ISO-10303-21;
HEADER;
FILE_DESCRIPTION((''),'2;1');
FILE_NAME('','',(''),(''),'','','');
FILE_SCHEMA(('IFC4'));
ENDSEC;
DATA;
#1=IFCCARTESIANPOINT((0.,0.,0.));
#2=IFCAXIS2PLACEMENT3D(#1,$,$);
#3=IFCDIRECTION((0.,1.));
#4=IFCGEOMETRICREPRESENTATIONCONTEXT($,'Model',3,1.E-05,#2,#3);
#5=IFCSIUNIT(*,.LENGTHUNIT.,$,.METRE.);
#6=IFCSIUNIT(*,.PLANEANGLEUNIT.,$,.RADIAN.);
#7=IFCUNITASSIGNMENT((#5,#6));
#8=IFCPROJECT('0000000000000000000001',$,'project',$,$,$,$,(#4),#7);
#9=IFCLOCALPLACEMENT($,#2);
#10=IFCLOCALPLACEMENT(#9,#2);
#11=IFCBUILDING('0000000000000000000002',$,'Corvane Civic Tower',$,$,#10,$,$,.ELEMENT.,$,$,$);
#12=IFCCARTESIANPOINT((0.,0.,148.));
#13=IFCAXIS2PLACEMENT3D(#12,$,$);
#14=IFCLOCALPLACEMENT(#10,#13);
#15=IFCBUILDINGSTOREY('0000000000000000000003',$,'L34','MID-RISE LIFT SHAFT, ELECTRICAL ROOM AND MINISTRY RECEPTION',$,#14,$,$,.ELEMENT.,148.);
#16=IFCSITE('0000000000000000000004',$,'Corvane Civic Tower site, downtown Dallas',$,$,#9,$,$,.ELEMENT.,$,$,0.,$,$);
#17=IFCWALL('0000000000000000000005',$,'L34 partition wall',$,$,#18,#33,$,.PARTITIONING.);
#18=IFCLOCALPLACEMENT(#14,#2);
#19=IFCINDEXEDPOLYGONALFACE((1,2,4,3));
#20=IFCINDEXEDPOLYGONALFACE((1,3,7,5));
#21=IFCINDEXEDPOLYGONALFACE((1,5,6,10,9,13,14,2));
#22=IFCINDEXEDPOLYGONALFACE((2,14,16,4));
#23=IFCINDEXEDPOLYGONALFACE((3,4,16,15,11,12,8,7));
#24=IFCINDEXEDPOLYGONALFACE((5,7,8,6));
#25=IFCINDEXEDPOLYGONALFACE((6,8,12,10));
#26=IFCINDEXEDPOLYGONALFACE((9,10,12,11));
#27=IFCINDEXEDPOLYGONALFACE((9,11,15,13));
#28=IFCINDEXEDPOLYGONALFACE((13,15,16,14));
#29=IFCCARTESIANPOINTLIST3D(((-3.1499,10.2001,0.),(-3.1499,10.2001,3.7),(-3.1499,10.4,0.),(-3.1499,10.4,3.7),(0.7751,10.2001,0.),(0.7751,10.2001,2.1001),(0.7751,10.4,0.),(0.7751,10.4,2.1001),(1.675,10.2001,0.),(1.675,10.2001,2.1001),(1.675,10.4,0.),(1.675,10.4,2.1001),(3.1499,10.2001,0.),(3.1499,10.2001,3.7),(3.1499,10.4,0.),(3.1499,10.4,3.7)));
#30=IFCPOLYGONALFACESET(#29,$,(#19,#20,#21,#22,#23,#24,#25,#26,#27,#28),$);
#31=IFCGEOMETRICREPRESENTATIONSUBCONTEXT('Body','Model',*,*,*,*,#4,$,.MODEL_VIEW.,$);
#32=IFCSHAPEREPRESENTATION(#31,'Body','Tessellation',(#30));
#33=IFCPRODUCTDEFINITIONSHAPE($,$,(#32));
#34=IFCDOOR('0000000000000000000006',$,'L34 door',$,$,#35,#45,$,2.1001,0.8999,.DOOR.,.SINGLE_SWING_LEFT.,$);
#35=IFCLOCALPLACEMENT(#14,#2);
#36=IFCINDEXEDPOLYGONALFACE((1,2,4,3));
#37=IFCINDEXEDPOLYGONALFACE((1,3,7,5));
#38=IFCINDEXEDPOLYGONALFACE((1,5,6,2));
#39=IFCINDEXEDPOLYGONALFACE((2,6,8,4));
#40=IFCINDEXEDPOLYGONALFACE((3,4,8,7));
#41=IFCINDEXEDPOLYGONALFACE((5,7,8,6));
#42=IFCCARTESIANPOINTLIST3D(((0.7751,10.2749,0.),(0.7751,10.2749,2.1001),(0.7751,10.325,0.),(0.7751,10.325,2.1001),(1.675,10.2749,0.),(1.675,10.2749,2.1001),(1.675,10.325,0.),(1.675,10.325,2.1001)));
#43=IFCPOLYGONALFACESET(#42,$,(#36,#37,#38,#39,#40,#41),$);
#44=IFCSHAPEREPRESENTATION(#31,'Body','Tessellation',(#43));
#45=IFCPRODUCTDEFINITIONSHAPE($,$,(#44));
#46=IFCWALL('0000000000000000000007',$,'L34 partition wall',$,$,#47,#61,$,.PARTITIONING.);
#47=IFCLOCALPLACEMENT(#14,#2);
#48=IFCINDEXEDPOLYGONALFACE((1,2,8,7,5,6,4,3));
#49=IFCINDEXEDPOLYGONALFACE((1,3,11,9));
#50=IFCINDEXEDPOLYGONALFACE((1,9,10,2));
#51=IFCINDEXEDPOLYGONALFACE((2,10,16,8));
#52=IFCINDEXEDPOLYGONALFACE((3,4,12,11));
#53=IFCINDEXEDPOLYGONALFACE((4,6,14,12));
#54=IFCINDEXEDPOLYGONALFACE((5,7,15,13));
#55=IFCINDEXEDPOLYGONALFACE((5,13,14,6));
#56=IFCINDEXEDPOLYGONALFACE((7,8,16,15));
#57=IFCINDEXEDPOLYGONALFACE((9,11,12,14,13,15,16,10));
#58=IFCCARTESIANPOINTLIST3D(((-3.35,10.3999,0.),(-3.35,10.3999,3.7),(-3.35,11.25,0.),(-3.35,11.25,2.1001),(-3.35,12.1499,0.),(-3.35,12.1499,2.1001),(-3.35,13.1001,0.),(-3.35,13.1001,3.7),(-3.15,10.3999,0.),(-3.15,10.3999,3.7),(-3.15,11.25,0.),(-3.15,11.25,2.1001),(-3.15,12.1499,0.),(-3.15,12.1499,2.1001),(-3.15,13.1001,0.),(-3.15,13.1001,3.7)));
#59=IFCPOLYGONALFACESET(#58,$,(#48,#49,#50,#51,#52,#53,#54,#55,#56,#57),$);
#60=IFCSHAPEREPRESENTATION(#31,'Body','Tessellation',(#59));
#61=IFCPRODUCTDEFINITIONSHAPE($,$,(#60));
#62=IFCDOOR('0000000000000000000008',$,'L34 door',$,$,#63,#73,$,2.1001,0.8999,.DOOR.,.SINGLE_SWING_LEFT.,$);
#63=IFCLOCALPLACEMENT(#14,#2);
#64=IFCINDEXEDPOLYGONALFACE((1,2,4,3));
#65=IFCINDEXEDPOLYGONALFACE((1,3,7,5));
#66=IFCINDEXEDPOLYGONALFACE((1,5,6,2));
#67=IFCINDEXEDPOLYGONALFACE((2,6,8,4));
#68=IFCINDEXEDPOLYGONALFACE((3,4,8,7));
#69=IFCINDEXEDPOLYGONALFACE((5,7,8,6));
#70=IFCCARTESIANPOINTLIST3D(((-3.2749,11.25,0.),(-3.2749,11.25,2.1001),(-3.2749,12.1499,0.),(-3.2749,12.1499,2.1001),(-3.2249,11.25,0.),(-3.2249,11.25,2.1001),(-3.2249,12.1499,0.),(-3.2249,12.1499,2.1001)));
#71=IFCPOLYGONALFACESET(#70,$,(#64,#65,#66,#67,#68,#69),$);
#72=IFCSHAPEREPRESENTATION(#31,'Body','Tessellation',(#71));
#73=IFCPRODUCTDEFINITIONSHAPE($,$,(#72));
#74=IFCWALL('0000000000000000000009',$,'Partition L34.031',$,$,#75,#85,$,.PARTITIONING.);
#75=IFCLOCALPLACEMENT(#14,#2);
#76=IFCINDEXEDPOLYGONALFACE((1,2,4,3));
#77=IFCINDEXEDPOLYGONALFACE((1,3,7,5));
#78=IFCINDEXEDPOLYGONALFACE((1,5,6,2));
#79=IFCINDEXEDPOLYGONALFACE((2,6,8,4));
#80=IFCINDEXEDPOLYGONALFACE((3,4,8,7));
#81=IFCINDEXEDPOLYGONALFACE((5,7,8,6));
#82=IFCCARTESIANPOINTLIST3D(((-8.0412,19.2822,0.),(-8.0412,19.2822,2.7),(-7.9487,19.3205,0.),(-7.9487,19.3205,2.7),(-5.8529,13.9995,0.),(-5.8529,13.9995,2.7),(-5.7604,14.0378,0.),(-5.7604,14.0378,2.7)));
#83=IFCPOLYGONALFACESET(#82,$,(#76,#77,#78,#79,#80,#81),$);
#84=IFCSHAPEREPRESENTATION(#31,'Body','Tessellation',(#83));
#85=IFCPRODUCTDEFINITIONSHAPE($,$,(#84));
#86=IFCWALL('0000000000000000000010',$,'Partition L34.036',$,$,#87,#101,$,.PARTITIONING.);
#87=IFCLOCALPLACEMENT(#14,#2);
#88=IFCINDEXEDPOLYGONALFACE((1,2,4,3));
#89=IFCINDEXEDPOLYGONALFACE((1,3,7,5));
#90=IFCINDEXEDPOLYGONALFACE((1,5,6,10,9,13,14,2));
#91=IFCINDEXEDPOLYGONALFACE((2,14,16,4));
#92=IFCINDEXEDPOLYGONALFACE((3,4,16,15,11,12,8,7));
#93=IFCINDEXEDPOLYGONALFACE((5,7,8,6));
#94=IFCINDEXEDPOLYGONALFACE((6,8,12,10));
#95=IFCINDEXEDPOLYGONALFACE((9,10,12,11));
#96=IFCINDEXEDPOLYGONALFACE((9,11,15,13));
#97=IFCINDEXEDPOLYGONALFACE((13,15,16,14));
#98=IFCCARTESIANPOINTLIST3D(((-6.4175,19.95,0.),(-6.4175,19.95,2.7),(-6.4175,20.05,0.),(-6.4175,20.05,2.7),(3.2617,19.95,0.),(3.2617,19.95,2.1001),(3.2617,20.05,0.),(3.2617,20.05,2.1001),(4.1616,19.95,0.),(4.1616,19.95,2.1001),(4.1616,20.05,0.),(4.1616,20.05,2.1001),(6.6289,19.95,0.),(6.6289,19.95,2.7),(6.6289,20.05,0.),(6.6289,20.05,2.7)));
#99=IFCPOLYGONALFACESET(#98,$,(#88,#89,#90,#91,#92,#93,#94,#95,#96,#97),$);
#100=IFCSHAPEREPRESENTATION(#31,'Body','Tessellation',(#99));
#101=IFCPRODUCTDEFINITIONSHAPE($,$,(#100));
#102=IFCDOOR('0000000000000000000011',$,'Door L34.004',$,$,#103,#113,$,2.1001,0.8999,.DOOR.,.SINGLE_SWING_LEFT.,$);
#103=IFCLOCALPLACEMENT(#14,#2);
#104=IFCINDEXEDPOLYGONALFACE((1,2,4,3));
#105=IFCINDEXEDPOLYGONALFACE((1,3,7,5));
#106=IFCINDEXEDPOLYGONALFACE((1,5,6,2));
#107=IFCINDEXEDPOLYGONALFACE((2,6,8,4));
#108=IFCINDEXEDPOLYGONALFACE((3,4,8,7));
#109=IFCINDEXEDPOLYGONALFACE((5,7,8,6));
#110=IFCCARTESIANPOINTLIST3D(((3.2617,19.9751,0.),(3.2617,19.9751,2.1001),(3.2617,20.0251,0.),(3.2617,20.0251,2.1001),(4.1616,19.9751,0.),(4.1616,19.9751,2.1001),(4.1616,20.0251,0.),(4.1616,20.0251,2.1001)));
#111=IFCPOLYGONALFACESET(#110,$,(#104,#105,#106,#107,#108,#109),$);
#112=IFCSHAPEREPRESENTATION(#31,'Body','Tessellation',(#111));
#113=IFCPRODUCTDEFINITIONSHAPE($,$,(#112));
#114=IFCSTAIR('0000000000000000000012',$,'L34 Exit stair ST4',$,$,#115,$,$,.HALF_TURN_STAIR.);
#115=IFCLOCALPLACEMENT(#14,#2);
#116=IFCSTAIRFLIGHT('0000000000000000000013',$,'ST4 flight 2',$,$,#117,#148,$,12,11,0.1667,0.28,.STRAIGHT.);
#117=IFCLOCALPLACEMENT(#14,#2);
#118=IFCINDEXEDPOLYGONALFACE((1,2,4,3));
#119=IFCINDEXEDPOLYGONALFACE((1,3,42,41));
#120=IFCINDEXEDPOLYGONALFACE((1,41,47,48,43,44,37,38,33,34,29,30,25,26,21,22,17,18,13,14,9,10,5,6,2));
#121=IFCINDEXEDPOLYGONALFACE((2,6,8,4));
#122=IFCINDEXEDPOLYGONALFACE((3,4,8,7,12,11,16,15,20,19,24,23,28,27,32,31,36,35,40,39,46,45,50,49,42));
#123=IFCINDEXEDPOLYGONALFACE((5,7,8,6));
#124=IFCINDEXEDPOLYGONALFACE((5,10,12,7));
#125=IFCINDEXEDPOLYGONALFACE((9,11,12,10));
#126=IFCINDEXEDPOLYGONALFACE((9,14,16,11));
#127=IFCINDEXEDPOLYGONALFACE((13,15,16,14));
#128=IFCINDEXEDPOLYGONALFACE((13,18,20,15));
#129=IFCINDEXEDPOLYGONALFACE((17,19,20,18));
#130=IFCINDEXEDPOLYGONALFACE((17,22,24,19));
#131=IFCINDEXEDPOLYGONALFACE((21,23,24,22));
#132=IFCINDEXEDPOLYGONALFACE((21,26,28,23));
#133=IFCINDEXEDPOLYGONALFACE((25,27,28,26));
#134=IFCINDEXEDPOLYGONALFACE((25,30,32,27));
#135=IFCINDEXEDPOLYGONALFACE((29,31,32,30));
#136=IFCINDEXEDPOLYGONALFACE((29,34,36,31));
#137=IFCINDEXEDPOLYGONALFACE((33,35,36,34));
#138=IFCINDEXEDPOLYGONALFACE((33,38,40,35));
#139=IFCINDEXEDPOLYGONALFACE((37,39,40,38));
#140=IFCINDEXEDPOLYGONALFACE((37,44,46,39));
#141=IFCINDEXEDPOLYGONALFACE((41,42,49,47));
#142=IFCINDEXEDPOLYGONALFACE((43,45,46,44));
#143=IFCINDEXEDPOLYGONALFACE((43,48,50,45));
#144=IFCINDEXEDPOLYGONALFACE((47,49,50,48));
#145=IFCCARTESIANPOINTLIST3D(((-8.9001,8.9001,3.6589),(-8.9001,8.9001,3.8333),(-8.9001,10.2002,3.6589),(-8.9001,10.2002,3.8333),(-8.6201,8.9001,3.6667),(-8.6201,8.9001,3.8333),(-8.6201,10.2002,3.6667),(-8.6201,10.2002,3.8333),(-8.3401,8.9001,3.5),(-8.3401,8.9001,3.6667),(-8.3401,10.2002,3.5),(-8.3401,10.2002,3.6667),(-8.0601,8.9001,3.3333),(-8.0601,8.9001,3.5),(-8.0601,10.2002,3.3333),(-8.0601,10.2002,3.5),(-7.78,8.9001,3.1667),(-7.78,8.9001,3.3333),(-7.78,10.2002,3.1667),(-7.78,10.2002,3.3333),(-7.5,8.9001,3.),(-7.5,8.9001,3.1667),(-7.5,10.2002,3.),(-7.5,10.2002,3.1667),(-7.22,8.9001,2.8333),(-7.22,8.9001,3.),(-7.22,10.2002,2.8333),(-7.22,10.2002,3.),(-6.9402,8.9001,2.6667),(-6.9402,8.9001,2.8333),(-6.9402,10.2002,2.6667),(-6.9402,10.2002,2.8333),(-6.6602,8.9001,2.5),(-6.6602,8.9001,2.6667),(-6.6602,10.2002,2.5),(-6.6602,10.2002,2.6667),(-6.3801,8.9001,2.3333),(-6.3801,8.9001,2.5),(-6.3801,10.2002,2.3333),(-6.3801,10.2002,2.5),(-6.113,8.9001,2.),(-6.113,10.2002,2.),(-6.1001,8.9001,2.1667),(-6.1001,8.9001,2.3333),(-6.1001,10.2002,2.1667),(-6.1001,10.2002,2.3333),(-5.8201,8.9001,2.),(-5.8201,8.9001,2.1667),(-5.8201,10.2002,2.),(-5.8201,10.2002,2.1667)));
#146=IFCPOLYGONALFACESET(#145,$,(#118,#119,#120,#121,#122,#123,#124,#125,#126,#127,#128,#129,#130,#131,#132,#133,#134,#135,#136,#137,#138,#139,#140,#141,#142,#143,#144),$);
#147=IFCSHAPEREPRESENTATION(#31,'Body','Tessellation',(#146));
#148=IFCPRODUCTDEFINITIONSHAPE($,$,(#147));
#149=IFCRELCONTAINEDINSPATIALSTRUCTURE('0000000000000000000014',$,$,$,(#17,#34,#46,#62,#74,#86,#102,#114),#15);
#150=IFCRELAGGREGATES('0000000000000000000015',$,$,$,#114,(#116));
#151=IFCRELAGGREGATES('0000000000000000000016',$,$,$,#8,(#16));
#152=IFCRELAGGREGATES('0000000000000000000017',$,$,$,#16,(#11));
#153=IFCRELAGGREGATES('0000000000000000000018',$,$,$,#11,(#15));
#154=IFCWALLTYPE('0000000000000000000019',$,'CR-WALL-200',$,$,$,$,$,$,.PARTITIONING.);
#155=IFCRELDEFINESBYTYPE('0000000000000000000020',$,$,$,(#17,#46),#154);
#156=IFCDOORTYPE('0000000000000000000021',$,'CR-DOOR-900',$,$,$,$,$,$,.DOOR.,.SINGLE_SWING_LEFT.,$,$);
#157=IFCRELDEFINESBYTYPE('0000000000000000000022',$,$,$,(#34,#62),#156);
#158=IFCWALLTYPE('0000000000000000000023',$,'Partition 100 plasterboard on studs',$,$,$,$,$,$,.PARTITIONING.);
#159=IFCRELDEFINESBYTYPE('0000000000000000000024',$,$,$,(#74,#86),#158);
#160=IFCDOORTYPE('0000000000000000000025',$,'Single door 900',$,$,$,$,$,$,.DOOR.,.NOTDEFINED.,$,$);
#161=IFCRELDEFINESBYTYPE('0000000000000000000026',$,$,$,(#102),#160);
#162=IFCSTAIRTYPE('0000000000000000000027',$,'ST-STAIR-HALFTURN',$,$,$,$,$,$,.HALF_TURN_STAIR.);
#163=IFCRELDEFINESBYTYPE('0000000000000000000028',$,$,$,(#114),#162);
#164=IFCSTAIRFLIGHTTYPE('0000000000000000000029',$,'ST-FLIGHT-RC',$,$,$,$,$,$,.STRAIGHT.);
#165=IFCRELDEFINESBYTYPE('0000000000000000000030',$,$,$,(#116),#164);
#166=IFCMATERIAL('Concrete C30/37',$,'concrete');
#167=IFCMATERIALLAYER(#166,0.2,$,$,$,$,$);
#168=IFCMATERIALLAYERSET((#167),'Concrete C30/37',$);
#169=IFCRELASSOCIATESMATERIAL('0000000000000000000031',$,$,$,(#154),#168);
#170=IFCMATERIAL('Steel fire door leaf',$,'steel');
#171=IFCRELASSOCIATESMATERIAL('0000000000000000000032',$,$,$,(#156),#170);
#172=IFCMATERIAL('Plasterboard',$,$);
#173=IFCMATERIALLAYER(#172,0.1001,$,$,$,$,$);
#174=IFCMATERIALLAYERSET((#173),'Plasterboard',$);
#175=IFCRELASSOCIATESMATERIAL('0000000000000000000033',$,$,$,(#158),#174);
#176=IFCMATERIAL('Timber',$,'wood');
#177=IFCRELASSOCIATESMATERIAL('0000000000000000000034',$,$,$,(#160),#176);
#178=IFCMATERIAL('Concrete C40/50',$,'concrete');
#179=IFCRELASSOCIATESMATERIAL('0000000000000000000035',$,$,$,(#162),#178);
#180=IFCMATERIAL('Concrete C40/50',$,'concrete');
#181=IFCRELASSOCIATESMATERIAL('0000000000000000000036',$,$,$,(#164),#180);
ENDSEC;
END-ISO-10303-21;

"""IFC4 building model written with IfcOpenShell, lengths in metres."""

from ifc_helpers import new_model, si_unit, direction, frame, frame_2d, origin, place, context, subcontext, project, spatial, polyline, rectangle, outline, extrude, material, layer, layer_set, type_object, element, fill, aggregate, save


model = new_model("IFC4")

# Units and contexts
model_context = context("Model", 3, precision=1e-05, world=origin(), true_north=direction((0.0, 1.0)))
body_context = subcontext(model_context, "Body", "Model", "MODEL_VIEW")
ifc_project = project(units=[si_unit("LENGTHUNIT", "METRE"), si_unit("PLANEANGLEUNIT", "RADIAN")], contexts=[model_context])

# Site, building, storey
site_placement = place(None, origin())
site = spatial("IfcSite", under=ifc_project, at=site_placement, Name="Corvane Civic Tower site, downtown Dallas", CompositionType="ELEMENT", RefElevation=0.0)
building_placement = place(site_placement, origin())
building = spatial("IfcBuilding", under=site, at=building_placement, Name="Corvane Civic Tower", CompositionType="ELEMENT")
storey_placement = place(building_placement, frame((0.0, 0.0, 148.0)))
storey = spatial("IfcBuildingStorey", under=building, at=storey_placement, Name="L34", Description="MID-RISE LIFT SHAFT, ELECTRICAL ROOM AND MINISTRY RECEPTION", CompositionType="ELEMENT", Elevation=148.0)

# Walls, openings, doors
ifc_material_1 = material(Name="Concrete C30/37", Category="concrete")
ifc_layer_1 = layer(ifc_material_1, 0.2)
ifc_layer_set_1 = layer_set([ifc_layer_1], Name="Concrete C30/37")
wall_type_1 = type_object("IfcWallType", Name="CR-WALL-200", PredefinedType="PARTITIONING", material=ifc_layer_set_1)
wall_1_placement = place(storey_placement, frame((-3.1499, 10.3, 0.0), z_axis=(0.0, 0.0, 1.0), x_axis=(1.0, 0.0, 0.0)))
wall_1 = element("IfcWall", 1, at=wall_1_placement, inside=storey, type_object=wall_type_1, Name="L34 partition wall", PredefinedType="PARTITIONING", context=body_context, shape_type="SweptSolid", body=[
    extrude(rectangle(XDim=6.2998, YDim=0.2, at=frame_2d((3.1499, 0.0))), origin(), (0.0, 0.0, 1.0), 3.7),
])
opening_1_placement = place(wall_1_placement, frame((3.925, 0.0, 0.0)))
opening_1 = element("IfcOpeningElement", 2, at=opening_1_placement, cuts=wall_1, PredefinedType="OPENING", context=body_context, shape_type="SweptSolid", body=[
    extrude(rectangle(XDim=0.8999, YDim=2.1001, at=frame_2d((0.45, 1.05))), frame((0.0, 0.1099, 0.0), z_axis=(0.0, -1.0, 0.0), x_axis=(1.0, 0.0, 0.0)), (0.0, 0.0, 1.0), 0.22),
])
ifc_material_2 = material(Name="Steel fire door leaf", Category="steel")
door_type_1 = type_object("IfcDoorType", Name="CR-DOOR-900", OperationType="SINGLE_SWING_LEFT", PredefinedType="DOOR", material=ifc_material_2)
door_1_placement = place(opening_1_placement, origin())
door_1 = element("IfcDoor", 3, at=door_1_placement, inside=storey, type_object=door_type_1, Name="L34 door", OperationType="SINGLE_SWING_LEFT", OverallHeight=2.1001, OverallWidth=0.8999, PredefinedType="DOOR", context=body_context, shape_type="SweptSolid", body=[
    extrude(rectangle(XDim=0.8999, YDim=2.1001, at=frame_2d((0.45, 1.05))), frame((0.0, 0.0249, 0.0), z_axis=(0.0, -1.0, 0.0), x_axis=(1.0, 0.0, 0.0)), (0.0, 0.0, 1.0), 0.05),
])
fill(opening_1, door_1)
wall_2_placement = place(storey_placement, frame((-3.25, 10.3999, 0.0), z_axis=(0.0, 0.0, 1.0), x_axis=(0.0, 1.0, 0.0)))
wall_2 = element("IfcWall", 4, at=wall_2_placement, inside=storey, type_object=wall_type_1, Name="L34 partition wall", PredefinedType="PARTITIONING", context=body_context, shape_type="SweptSolid", body=[
    extrude(rectangle(XDim=2.7002, YDim=0.2, at=frame_2d((1.3501, 0.0))), origin(), (0.0, 0.0, 1.0), 3.7),
])
opening_2_placement = place(wall_2_placement, frame((0.8501, 0.0, 0.0)))
opening_2 = element("IfcOpeningElement", 5, at=opening_2_placement, cuts=wall_2, PredefinedType="OPENING", context=body_context, shape_type="SweptSolid", body=[
    extrude(rectangle(XDim=0.8999, YDim=2.1001, at=frame_2d((0.45, 1.05))), frame((0.0, 0.1099, 0.0), z_axis=(0.0, -1.0, 0.0), x_axis=(1.0, 0.0, 0.0)), (0.0, 0.0, 1.0), 0.22),
])
door_2_placement = place(opening_2_placement, origin())
door_2 = element("IfcDoor", 6, at=door_2_placement, inside=storey, type_object=door_type_1, Name="L34 door", OperationType="SINGLE_SWING_LEFT", OverallHeight=2.1001, OverallWidth=0.8999, PredefinedType="DOOR", context=body_context, shape_type="SweptSolid", body=[
    extrude(rectangle(XDim=0.8999, YDim=2.1001, at=frame_2d((0.45, 1.05))), frame((0.0, 0.0249, 0.0), z_axis=(0.0, -1.0, 0.0), x_axis=(1.0, 0.0, 0.0)), (0.0, 0.0, 1.0), 0.05),
])
fill(opening_2, door_2)

# Wall
ifc_material_3 = material(Name="Plasterboard")
ifc_layer_2 = layer(ifc_material_3, 0.1001)
ifc_layer_set_2 = layer_set([ifc_layer_2], Name="Plasterboard")
wall_type_2 = type_object("IfcWallType", Name="Partition 100 plasterboard on studs", PredefinedType="PARTITIONING", material=ifc_layer_set_2)
wall_3_placement = place(storey_placement, frame((-7.9949, 19.3013, 0.0), z_axis=(0.0, 0.0, 1.0), x_axis=(0.382692, -0.923876, 0.0)))
element("IfcWall", 7, at=wall_3_placement, inside=storey, type_object=wall_type_2, Name="Partition L34.031", PredefinedType="PARTITIONING", context=body_context, shape_type="SweptSolid", body=[
    extrude(rectangle(XDim=5.718, YDim=0.1001, at=frame_2d((2.8589, 0.0))), origin(), (0.0, 0.0, 1.0), 2.7),
])

# Wall, opening, door
wall_4_placement = place(storey_placement, frame((-6.4175, 20.0, 0.0), z_axis=(0.0, 0.0, 1.0), x_axis=(1.0, 0.0, 0.0)))
wall_4 = element("IfcWall", 8, at=wall_4_placement, inside=storey, type_object=wall_type_2, Name="Partition L34.036", PredefinedType="PARTITIONING", context=body_context, shape_type="SweptSolid", body=[
    extrude(rectangle(XDim=13.0464, YDim=0.1001, at=frame_2d((6.5232, 0.0))), origin(), (0.0, 0.0, 1.0), 2.7),
])
opening_3_placement = place(wall_4_placement, frame((9.6792, 0.0, 0.0)))
opening_3 = element("IfcOpeningElement", 9, at=opening_3_placement, cuts=wall_4, PredefinedType="OPENING", context=body_context, shape_type="SweptSolid", body=[
    extrude(rectangle(XDim=0.8999, YDim=2.1001, at=frame_2d((0.45, 1.05))), frame((0.0, 0.0601, 0.0), z_axis=(0.0, -1.0, 0.0), x_axis=(1.0, 0.0, 0.0)), (0.0, 0.0, 1.0), 0.1201),
])
ifc_material_4 = material(Name="Timber", Category="wood")
door_type_2 = type_object("IfcDoorType", Name="Single door 900", OperationType="NOTDEFINED", PredefinedType="DOOR", material=ifc_material_4)
door_3_placement = place(opening_3_placement, frame((0.8999, 0.0, 0.0), z_axis=(0.0, 0.0, 1.0), x_axis=(-1.0, 0.0, 0.0)))
door_3 = element("IfcDoor", 10, at=door_3_placement, inside=storey, type_object=door_type_2, Name="Door L34.004", OperationType="SINGLE_SWING_LEFT", OverallHeight=2.1001, OverallWidth=0.8999, PredefinedType="DOOR", context=body_context, shape_type="SweptSolid", body=[
    extrude(rectangle(XDim=0.8999, YDim=2.1001, at=frame_2d((0.45, 1.05))), frame((0.0, 0.0249, 0.0), z_axis=(0.0, -1.0, 0.0), x_axis=(1.0, 0.0, 0.0)), (0.0, 0.0, 1.0), 0.05),
])
fill(opening_3, door_3)

# Stair, stair flight
ifc_material_5 = material(Name="Concrete C40/50", Category="concrete")
stair_type = type_object("IfcStairType", Name="ST-STAIR-HALFTURN", PredefinedType="HALF_TURN_STAIR", material=ifc_material_5)
stair_placement = place(storey_placement, origin())
stair = element("IfcStair", 11, at=stair_placement, inside=storey, type_object=stair_type, Name="L34 Exit stair ST4", PredefinedType="HALF_TURN_STAIR")
ifc_material_6 = material(Name="Concrete C40/50", Category="concrete")
stair_flight_type = type_object("IfcStairFlightType", Name="ST-FLIGHT-RC", PredefinedType="STRAIGHT", material=ifc_material_6)
stair_flight_placement = place(storey_placement, frame((-5.8201, 9.55, 2.0), z_axis=(0.0, 0.0, 1.0), x_axis=(-1.0, 0.0, 0.0)))
stair_flight = element("IfcStairFlight", 12, at=stair_flight_placement, type_object=stair_flight_type, Name="ST4 flight 2", NumberOfRisers=12, NumberOfTreads=11, PredefinedType="STRAIGHT", RiserHeight=0.1667, TreadLength=0.28, context=body_context, shape_type="SweptSolid", body=[
    extrude(outline(polyline([(0.0, 0.0), (0.0, 0.1667), (0.28, 0.1667), (0.28, 0.3333), (0.5601, 0.3333), (0.5601, 0.5), (0.8401, 0.5), (0.8401, 0.6667), (1.1201, 0.6667), (1.1201, 0.8333), (1.3999, 0.8333), (1.3999, 1.0), (1.6799, 1.0), (1.6799, 1.1667), (1.96, 1.1667), (1.96, 1.3333), (2.24, 1.3333), (2.24, 1.5), (2.52, 1.5), (2.52, 1.6667), (2.8, 1.6667), (2.8, 1.8333), (3.0801, 1.8333), (3.0801, 2.0), (3.0801, 1.6589), (0.293, 0.0), (0.0, 0.0)])), frame((0.0, 0.6499, 0.0), z_axis=(0.0, -1.0, 0.0), x_axis=(1.0, 0.0, 0.0)), (0.0, 0.0, 1.0), 1.3),
])
aggregate(stair, [stair_flight])

save(model, "model.ifc")
